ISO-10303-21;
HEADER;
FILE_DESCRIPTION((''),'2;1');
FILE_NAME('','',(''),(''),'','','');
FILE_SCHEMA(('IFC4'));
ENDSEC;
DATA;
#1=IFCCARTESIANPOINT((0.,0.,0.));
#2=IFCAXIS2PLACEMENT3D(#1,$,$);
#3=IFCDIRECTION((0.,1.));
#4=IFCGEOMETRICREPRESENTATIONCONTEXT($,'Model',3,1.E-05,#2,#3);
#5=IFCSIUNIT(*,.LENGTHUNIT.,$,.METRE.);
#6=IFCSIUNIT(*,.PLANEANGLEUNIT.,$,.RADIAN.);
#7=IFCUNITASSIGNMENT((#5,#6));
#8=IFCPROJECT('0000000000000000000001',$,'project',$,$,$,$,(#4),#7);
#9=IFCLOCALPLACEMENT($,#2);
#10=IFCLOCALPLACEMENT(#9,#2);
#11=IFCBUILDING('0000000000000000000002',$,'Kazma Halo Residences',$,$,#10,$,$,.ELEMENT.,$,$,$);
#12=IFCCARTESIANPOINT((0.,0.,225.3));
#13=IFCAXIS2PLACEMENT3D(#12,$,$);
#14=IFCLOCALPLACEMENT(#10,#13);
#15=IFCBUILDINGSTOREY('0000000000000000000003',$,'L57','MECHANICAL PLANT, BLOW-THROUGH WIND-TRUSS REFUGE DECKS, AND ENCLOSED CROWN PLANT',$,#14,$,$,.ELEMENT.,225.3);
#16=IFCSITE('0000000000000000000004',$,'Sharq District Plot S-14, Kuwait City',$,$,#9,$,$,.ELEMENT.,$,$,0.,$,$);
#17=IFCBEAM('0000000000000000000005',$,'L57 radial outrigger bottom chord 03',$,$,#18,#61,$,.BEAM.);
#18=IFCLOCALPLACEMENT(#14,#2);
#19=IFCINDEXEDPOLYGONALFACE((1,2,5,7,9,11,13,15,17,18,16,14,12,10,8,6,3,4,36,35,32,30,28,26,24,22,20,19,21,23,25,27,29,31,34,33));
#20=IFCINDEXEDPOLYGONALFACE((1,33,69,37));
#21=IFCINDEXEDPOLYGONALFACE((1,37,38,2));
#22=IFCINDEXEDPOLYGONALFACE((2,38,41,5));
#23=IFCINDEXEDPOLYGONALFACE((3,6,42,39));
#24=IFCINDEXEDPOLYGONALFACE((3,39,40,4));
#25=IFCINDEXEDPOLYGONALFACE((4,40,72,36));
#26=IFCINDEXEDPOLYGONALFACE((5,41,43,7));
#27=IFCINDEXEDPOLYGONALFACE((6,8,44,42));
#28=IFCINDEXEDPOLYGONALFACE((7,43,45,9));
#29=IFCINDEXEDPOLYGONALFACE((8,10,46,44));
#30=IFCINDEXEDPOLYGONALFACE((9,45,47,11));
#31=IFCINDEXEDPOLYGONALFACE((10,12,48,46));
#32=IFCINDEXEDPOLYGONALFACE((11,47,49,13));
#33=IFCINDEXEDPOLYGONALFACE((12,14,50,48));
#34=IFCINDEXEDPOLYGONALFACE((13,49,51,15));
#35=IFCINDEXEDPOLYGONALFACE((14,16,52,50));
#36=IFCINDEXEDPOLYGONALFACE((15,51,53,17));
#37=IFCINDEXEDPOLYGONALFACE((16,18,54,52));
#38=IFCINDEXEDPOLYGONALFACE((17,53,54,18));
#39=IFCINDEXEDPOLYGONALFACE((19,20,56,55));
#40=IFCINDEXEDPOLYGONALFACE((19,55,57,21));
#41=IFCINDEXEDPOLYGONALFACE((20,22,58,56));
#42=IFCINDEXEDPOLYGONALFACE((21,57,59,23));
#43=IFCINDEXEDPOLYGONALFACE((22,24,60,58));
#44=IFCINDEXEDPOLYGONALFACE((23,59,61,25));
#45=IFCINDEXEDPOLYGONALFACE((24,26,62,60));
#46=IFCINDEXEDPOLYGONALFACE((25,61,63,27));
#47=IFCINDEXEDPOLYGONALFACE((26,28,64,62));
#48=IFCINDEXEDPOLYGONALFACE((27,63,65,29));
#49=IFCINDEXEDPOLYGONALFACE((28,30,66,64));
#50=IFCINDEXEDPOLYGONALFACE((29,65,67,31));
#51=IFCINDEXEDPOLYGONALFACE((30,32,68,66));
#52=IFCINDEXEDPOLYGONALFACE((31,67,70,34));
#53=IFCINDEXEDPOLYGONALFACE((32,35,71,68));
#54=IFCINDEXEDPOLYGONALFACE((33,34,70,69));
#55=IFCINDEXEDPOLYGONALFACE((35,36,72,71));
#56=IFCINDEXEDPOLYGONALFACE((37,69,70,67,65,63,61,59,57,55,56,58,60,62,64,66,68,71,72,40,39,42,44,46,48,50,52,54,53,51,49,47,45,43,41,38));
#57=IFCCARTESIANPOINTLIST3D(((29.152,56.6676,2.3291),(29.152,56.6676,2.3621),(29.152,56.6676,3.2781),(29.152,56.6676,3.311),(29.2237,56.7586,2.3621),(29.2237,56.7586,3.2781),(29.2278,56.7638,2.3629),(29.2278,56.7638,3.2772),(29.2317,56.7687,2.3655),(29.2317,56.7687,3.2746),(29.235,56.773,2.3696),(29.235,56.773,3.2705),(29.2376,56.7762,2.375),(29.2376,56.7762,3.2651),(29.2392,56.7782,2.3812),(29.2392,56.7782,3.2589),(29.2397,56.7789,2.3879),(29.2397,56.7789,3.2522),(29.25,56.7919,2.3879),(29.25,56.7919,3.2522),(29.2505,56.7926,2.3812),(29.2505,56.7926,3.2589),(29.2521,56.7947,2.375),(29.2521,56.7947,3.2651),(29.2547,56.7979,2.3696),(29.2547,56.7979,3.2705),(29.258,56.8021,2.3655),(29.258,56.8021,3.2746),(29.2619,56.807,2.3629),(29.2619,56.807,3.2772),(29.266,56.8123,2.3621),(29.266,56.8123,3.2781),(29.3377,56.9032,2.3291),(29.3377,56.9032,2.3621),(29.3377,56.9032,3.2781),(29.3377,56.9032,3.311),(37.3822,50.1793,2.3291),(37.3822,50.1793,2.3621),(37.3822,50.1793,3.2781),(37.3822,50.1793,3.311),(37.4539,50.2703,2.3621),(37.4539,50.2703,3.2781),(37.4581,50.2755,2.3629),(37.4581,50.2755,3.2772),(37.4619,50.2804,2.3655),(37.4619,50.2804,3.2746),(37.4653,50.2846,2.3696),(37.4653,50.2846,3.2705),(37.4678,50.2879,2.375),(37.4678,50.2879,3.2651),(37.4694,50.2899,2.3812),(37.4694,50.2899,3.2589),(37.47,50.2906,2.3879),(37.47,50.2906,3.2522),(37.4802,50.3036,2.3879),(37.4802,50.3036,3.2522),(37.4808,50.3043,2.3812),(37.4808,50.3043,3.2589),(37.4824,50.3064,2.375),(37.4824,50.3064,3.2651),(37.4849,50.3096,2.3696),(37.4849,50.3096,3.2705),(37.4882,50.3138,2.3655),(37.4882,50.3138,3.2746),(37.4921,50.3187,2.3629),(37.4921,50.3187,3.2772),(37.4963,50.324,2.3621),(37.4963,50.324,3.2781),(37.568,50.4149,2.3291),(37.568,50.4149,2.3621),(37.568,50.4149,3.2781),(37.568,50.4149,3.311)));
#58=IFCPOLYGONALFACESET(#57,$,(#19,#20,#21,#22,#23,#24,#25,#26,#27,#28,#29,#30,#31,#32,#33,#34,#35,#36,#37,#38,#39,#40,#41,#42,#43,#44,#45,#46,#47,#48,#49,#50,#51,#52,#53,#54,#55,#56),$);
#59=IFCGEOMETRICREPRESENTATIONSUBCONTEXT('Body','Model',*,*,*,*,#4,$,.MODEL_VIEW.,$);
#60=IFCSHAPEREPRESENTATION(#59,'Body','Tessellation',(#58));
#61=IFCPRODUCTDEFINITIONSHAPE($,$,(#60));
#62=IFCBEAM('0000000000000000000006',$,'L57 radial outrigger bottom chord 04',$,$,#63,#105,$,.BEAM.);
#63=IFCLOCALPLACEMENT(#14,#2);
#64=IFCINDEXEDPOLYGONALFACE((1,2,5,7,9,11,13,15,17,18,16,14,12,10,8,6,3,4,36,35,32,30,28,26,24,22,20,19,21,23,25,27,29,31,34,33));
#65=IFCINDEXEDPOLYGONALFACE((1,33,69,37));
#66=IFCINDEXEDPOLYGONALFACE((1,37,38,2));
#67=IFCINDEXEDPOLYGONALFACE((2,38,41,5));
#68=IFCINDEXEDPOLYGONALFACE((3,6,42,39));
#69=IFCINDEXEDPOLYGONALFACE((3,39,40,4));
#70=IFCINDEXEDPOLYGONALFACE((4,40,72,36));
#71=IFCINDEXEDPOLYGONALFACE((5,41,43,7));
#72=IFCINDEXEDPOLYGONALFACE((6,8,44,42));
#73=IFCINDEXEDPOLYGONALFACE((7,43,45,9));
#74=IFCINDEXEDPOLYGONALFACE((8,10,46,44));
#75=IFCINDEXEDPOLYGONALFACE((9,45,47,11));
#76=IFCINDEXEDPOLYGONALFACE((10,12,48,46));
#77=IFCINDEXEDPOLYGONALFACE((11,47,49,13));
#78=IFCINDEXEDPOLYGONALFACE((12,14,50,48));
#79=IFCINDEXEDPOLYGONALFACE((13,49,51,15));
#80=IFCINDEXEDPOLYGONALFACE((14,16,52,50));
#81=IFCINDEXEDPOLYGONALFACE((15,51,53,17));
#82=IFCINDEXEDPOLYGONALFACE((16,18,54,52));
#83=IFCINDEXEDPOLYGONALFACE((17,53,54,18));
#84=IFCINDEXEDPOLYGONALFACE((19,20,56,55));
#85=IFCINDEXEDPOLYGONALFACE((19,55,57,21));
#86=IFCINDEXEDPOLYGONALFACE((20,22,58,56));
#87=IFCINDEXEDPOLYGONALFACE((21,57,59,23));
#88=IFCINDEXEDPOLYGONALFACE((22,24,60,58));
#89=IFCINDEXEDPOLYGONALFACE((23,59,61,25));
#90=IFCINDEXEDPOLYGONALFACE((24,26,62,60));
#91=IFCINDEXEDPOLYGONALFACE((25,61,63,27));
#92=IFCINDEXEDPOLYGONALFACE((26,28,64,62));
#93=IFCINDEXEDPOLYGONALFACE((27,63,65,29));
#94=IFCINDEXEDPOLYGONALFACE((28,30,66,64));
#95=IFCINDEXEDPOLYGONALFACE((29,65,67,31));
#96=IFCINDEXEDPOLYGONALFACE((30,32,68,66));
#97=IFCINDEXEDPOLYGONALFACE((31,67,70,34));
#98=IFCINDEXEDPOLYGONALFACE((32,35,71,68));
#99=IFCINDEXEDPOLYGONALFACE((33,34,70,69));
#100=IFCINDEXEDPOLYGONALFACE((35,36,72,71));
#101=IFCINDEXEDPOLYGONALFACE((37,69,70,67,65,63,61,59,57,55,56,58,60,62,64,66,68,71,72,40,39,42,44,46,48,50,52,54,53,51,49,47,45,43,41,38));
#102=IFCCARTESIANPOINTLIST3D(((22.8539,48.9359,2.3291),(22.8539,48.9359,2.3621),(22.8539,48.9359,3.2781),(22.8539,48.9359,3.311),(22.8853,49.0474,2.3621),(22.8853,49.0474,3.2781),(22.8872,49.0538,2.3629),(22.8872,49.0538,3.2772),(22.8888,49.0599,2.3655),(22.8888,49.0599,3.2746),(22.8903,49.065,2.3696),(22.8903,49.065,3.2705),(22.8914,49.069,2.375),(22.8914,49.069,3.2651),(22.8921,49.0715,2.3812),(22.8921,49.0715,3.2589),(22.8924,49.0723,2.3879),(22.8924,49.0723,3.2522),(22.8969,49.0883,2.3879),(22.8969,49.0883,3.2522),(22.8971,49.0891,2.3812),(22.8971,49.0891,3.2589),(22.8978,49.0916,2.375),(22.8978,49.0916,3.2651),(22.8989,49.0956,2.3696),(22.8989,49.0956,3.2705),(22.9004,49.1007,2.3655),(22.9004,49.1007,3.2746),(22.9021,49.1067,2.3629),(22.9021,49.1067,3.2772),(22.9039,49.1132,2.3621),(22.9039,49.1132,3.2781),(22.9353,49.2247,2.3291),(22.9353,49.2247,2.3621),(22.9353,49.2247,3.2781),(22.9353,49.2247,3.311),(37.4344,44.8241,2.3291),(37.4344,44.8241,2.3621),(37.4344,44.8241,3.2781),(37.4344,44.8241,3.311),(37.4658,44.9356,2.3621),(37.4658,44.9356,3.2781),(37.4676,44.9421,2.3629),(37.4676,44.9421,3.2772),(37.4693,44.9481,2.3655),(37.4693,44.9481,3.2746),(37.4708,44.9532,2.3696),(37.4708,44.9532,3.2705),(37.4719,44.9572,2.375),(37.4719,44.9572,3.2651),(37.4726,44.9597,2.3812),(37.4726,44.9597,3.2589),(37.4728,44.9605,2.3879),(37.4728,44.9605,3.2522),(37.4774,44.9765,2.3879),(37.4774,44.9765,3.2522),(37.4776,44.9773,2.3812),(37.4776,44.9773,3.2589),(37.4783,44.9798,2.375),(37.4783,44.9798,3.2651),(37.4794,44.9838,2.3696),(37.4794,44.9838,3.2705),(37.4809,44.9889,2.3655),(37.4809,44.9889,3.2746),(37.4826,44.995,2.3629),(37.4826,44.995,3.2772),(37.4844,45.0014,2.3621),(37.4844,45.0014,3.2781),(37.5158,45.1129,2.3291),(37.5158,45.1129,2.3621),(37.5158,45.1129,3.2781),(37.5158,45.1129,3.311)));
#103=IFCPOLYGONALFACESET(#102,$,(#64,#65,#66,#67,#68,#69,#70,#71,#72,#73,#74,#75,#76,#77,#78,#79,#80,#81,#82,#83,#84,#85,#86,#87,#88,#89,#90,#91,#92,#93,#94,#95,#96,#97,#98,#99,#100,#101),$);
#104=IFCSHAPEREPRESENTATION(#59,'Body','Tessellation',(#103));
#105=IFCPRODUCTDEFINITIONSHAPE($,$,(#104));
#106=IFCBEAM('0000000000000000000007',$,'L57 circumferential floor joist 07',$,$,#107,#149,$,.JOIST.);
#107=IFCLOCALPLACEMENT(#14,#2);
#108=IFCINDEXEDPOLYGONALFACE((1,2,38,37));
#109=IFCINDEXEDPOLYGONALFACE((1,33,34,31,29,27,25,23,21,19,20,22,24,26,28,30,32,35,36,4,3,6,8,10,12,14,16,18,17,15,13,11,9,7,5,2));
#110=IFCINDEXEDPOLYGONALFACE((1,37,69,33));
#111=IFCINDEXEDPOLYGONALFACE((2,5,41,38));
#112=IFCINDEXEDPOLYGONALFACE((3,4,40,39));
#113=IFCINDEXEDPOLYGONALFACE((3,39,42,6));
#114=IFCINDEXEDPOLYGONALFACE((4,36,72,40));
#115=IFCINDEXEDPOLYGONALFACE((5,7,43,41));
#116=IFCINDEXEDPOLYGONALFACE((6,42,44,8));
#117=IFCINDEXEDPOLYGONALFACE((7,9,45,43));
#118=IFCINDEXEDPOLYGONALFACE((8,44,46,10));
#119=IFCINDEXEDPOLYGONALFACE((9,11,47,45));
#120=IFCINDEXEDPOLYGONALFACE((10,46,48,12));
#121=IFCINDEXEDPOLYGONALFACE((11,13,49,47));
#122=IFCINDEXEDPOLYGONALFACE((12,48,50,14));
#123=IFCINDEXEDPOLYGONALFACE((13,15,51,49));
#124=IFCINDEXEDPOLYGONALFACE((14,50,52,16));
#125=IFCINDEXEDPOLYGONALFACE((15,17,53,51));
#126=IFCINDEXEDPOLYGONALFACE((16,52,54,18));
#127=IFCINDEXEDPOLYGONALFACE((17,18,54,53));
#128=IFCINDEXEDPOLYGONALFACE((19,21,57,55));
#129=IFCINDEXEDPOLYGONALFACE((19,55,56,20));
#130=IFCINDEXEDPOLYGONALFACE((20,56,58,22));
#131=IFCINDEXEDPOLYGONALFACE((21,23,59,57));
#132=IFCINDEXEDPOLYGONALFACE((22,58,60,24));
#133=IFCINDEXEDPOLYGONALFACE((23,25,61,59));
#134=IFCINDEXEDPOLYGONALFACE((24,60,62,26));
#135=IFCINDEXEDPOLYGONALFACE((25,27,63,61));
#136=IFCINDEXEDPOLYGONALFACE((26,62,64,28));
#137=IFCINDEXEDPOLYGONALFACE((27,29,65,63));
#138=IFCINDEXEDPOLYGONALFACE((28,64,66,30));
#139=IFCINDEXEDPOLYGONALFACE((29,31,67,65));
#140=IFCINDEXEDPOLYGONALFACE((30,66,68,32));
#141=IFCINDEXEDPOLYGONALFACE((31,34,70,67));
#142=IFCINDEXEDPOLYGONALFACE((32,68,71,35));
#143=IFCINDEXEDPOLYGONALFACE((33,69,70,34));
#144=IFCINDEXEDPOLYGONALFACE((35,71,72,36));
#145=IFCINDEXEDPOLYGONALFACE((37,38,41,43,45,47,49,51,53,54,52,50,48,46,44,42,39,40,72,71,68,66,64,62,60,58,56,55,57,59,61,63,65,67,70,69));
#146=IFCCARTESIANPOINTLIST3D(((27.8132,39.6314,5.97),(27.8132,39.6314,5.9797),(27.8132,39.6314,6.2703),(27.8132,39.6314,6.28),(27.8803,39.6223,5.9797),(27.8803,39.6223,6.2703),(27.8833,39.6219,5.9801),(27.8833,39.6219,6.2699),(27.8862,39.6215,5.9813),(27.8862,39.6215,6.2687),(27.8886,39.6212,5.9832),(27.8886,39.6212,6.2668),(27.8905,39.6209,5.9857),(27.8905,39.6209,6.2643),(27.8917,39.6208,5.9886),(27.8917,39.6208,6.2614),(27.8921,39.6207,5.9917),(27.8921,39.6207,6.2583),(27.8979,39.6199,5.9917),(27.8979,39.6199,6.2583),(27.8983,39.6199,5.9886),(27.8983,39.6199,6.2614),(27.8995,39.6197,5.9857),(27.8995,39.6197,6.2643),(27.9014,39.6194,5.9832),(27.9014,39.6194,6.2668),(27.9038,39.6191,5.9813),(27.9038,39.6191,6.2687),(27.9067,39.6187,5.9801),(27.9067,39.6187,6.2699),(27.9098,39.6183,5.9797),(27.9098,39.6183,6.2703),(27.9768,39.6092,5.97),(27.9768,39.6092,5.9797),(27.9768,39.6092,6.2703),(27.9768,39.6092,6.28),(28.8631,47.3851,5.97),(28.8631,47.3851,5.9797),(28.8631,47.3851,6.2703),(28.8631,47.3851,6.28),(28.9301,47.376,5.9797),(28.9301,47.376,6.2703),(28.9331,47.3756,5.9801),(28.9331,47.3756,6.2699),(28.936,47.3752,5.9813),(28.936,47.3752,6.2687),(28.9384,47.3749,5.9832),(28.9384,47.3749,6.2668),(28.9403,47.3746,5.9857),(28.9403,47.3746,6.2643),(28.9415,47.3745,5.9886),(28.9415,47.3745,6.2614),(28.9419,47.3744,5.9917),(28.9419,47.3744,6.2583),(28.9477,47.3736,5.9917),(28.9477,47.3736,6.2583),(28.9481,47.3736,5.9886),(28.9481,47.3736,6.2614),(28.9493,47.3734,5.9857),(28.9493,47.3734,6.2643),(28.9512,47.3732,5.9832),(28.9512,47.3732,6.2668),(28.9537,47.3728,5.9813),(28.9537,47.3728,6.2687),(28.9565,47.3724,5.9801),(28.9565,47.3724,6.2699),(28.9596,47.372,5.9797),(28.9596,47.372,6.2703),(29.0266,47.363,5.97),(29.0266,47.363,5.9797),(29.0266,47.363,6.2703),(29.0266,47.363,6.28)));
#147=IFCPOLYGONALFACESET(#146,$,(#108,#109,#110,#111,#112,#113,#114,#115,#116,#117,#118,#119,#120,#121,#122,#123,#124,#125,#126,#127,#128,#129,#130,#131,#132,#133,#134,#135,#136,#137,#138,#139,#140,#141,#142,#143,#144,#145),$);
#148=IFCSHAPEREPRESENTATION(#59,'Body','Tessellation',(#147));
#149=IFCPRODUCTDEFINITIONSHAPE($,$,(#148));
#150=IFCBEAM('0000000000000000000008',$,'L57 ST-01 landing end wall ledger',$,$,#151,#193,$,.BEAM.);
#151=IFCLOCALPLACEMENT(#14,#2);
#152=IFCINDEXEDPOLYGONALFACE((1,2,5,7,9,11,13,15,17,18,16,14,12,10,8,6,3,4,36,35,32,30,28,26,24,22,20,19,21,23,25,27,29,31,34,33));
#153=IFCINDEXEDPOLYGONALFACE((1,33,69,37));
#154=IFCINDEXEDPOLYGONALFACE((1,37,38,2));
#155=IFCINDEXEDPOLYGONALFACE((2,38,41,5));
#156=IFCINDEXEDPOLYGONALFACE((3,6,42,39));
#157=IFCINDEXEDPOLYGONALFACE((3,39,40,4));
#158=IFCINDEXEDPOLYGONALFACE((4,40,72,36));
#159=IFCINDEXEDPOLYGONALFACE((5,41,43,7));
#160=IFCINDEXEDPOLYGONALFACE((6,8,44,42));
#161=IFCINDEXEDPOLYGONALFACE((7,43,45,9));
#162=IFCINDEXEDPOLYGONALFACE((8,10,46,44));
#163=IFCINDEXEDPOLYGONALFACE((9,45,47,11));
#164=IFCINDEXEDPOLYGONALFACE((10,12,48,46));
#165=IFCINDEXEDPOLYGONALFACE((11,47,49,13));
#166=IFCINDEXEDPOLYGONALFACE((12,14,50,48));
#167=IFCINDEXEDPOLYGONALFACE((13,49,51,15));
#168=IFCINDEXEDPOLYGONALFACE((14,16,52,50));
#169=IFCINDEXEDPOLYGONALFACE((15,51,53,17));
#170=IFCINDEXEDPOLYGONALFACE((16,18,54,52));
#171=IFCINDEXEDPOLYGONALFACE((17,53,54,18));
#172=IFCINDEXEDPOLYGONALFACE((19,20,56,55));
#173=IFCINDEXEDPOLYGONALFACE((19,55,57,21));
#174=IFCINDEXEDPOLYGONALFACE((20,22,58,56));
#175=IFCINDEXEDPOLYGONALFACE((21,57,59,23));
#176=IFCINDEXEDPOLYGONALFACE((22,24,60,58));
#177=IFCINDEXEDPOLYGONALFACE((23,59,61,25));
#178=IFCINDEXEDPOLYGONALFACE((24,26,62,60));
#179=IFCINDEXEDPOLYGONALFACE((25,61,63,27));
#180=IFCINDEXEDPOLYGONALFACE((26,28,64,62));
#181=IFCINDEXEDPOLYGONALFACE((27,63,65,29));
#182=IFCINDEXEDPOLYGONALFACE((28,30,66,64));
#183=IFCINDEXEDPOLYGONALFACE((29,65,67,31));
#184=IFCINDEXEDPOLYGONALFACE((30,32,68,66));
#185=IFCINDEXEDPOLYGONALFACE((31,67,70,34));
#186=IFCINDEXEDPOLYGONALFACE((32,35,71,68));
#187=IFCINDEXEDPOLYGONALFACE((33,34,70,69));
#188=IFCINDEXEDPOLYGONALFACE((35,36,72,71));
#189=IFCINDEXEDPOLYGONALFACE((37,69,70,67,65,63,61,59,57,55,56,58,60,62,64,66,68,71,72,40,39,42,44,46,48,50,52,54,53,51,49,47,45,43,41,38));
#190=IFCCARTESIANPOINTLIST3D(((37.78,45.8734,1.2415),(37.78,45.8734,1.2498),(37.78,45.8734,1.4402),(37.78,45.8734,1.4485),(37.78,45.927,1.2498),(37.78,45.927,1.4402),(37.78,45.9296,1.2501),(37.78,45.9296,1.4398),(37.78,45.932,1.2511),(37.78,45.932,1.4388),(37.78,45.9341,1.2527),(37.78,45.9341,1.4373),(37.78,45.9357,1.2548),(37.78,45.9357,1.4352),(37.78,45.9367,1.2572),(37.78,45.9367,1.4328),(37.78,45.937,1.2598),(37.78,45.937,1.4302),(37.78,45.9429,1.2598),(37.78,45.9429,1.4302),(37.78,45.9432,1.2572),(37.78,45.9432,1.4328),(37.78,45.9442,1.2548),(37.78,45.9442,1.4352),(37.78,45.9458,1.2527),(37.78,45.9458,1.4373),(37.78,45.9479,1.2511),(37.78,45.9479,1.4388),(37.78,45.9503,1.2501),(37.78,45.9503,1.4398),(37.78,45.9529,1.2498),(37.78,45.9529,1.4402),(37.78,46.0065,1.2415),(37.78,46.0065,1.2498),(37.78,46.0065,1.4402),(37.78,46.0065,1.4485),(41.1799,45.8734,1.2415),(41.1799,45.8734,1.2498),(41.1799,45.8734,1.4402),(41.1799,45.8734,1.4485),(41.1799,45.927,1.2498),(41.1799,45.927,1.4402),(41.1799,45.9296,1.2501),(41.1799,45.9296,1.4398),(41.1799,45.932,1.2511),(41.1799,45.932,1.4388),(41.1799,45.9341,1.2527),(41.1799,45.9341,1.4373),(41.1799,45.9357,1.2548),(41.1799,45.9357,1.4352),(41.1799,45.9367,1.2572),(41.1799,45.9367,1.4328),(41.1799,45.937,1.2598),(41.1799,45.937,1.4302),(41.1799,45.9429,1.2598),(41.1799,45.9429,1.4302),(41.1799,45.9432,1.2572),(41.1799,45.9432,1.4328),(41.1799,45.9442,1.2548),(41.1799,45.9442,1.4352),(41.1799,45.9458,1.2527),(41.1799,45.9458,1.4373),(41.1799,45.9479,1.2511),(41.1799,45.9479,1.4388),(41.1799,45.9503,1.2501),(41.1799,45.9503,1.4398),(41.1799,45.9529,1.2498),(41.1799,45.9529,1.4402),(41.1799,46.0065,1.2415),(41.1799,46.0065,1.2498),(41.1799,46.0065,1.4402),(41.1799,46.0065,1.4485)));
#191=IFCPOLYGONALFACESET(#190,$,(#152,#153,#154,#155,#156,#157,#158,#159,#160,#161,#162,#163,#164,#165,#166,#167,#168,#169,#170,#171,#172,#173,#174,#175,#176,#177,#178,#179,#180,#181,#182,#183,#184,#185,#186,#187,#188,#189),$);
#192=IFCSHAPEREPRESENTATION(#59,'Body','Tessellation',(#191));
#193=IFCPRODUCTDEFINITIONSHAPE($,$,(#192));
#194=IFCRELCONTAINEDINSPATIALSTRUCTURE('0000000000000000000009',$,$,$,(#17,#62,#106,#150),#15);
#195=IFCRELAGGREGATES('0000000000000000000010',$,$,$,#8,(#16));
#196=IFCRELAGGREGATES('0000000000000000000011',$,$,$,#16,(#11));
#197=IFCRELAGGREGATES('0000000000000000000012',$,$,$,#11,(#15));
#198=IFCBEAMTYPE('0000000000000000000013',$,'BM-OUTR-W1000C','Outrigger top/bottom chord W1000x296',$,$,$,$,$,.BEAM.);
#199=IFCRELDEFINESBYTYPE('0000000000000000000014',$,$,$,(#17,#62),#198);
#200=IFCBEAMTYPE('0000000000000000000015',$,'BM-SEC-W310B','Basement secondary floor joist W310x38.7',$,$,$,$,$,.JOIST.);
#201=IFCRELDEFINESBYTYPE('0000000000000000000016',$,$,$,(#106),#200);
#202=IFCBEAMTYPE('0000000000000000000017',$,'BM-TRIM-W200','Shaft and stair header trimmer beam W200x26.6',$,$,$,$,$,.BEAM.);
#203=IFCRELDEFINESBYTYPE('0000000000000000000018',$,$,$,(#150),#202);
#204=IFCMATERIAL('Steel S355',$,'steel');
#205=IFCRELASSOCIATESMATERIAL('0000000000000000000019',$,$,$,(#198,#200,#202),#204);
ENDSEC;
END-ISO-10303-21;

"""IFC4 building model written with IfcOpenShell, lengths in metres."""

from ifc_helpers import new_model, si_unit, direction, frame, origin, origin_2d, place, context, subcontext, project, spatial, i_section, extrude, material, material_profile, profile_set, type_object, element, save


model = new_model("IFC4")

# Units and contexts
model_context = context("Model", 3, precision=1e-05, world=origin(), true_north=direction((0.0, 1.0)))
body_context = subcontext(model_context, "Body", "Model", "MODEL_VIEW")
ifc_project = project(units=[si_unit("LENGTHUNIT", "METRE"), si_unit("PLANEANGLEUNIT", "RADIAN")], contexts=[model_context])

# Site, building, storey
site_placement = place(None, origin())
site = spatial("IfcSite", under=ifc_project, at=site_placement, Name="Sharq District Plot S-14, Kuwait City", CompositionType="ELEMENT", RefElevation=0.0)
building_placement = place(site_placement, origin())
building = spatial("IfcBuilding", under=site, at=building_placement, Name="Kazma Halo Residences", CompositionType="ELEMENT")
storey_placement = place(building_placement, frame((0.0, 0.0, 225.3)))
storey = spatial("IfcBuildingStorey", under=building, at=storey_placement, Name="L57", Description="MECHANICAL PLANT, BLOW-THROUGH WIND-TRUSS REFUGE DECKS, AND ENCLOSED CROWN PLANT", CompositionType="ELEMENT", Elevation=225.3)

# Beams
ifc_material_1 = material(Name="Steel S355", Category="steel")
ifc_material_profile_1 = material_profile(ifc_material_1, i_section(OverallWidth=0.3, OverallDepth=0.9819, WebThickness=0.0166, FlangeThickness=0.033, FilletRadius=0.0259, at=origin_2d()), Name="W1000x296")
ifc_profile_set_1 = profile_set([ifc_material_profile_1], Name="Steel S355")
beam_type_1 = type_object("IfcBeamType", Name="BM-OUTR-W1000C", Description="Outrigger top/bottom chord W1000x296", PredefinedType="BEAM", material=ifc_profile_set_1)
beam_1_placement = place(storey_placement, frame((37.4751, 50.2971, 2.8201), z_axis=(-0.785313, 0.6191, 0.0), x_axis=(-0.6191, -0.785313, 0.0)))
element("IfcBeam", 1, at=beam_1_placement, inside=storey, type_object=beam_type_1, Name="L57 radial outrigger bottom chord 03", PredefinedType="BEAM", context=body_context, shape_type="SweptSolid", body=[
    extrude(i_section(OverallWidth=0.3, OverallDepth=0.9819, WebThickness=0.0166, FlangeThickness=0.033, FilletRadius=0.0259, at=origin_2d()), origin(), (0.0, 0.0, 1.0), 10.4802),
])
beam_2_placement = place(storey_placement, frame((37.4751, 44.9685, 2.8201), z_axis=(-0.962461, 0.27142, 0.0), x_axis=(-0.27142, -0.962461, 0.0)))
element("IfcBeam", 2, at=beam_2_placement, inside=storey, type_object=beam_type_1, Name="L57 radial outrigger bottom chord 04", PredefinedType="BEAM", context=body_context, shape_type="SweptSolid", body=[
    extrude(i_section(OverallWidth=0.3, OverallDepth=0.9819, WebThickness=0.0166, FlangeThickness=0.033, FilletRadius=0.0259, at=origin_2d()), origin(), (0.0, 0.0, 1.0), 15.1492),
])
ifc_material_profile_2 = material_profile(ifc_material_1, i_section(OverallWidth=0.165, OverallDepth=0.3101, WebThickness=0.0059, FlangeThickness=0.0098, FilletRadius=0.012, at=origin_2d()), Name="W310x38.7")
ifc_profile_set_2 = profile_set([ifc_material_profile_2], Name="Steel S355")
beam_type_2 = type_object("IfcBeamType", Name="BM-SEC-W310B", Description="Basement secondary floor joist W310x38.7", PredefinedType="JOIST", material=ifc_profile_set_2)
beam_3_placement = place(storey_placement, frame((28.9448, 47.374, 6.125), z_axis=(-0.13417, -0.990958, 0.0), x_axis=(0.990958, -0.13417, 0.0)))
element("IfcBeam", 3, at=beam_3_placement, inside=storey, type_object=beam_type_2, Name="L57 circumferential floor joist 07", PredefinedType="JOIST", context=body_context, shape_type="SweptSolid", body=[
    extrude(i_section(OverallWidth=0.165, OverallDepth=0.3101, WebThickness=0.0059, FlangeThickness=0.0098, FilletRadius=0.012, at=origin_2d()), origin(), (0.0, 0.0, 1.0), 7.8245),
])
ifc_material_profile_3 = material_profile(ifc_material_1, i_section(OverallWidth=0.1331, OverallDepth=0.207, WebThickness=0.0059, FlangeThickness=0.0083, FilletRadius=0.01, at=origin_2d()), Name="W200x26.6")
ifc_profile_set_3 = profile_set([ifc_material_profile_3], Name="Steel S355")
beam_type_3 = type_object("IfcBeamType", Name="BM-TRIM-W200", Description="Shaft and stair header trimmer beam W200x26.6", PredefinedType="BEAM", material=ifc_profile_set_3)
for number, where, z_axis, x_axis, name in (
    (4, (37.78, 45.9399, 1.345), (1.0, 0.0, 0.0), (0.0, 1.0, 0.0), "L57 ST-01 landing end wall ledger"),
):
    element("IfcBeam", number, at=place(storey_placement, frame(where, z_axis=z_axis, x_axis=x_axis)), inside=storey, type_object=beam_type_3, Name=name, PredefinedType="BEAM", context=body_context, shape_type="SweptSolid", body=[
        extrude(i_section(OverallWidth=0.1331, OverallDepth=0.207, WebThickness=0.0059, FlangeThickness=0.0083, FilletRadius=0.01, at=origin_2d()), origin(), (0.0, 0.0, 1.0), 3.3999),
    ])

save(model, "model.ifc")
